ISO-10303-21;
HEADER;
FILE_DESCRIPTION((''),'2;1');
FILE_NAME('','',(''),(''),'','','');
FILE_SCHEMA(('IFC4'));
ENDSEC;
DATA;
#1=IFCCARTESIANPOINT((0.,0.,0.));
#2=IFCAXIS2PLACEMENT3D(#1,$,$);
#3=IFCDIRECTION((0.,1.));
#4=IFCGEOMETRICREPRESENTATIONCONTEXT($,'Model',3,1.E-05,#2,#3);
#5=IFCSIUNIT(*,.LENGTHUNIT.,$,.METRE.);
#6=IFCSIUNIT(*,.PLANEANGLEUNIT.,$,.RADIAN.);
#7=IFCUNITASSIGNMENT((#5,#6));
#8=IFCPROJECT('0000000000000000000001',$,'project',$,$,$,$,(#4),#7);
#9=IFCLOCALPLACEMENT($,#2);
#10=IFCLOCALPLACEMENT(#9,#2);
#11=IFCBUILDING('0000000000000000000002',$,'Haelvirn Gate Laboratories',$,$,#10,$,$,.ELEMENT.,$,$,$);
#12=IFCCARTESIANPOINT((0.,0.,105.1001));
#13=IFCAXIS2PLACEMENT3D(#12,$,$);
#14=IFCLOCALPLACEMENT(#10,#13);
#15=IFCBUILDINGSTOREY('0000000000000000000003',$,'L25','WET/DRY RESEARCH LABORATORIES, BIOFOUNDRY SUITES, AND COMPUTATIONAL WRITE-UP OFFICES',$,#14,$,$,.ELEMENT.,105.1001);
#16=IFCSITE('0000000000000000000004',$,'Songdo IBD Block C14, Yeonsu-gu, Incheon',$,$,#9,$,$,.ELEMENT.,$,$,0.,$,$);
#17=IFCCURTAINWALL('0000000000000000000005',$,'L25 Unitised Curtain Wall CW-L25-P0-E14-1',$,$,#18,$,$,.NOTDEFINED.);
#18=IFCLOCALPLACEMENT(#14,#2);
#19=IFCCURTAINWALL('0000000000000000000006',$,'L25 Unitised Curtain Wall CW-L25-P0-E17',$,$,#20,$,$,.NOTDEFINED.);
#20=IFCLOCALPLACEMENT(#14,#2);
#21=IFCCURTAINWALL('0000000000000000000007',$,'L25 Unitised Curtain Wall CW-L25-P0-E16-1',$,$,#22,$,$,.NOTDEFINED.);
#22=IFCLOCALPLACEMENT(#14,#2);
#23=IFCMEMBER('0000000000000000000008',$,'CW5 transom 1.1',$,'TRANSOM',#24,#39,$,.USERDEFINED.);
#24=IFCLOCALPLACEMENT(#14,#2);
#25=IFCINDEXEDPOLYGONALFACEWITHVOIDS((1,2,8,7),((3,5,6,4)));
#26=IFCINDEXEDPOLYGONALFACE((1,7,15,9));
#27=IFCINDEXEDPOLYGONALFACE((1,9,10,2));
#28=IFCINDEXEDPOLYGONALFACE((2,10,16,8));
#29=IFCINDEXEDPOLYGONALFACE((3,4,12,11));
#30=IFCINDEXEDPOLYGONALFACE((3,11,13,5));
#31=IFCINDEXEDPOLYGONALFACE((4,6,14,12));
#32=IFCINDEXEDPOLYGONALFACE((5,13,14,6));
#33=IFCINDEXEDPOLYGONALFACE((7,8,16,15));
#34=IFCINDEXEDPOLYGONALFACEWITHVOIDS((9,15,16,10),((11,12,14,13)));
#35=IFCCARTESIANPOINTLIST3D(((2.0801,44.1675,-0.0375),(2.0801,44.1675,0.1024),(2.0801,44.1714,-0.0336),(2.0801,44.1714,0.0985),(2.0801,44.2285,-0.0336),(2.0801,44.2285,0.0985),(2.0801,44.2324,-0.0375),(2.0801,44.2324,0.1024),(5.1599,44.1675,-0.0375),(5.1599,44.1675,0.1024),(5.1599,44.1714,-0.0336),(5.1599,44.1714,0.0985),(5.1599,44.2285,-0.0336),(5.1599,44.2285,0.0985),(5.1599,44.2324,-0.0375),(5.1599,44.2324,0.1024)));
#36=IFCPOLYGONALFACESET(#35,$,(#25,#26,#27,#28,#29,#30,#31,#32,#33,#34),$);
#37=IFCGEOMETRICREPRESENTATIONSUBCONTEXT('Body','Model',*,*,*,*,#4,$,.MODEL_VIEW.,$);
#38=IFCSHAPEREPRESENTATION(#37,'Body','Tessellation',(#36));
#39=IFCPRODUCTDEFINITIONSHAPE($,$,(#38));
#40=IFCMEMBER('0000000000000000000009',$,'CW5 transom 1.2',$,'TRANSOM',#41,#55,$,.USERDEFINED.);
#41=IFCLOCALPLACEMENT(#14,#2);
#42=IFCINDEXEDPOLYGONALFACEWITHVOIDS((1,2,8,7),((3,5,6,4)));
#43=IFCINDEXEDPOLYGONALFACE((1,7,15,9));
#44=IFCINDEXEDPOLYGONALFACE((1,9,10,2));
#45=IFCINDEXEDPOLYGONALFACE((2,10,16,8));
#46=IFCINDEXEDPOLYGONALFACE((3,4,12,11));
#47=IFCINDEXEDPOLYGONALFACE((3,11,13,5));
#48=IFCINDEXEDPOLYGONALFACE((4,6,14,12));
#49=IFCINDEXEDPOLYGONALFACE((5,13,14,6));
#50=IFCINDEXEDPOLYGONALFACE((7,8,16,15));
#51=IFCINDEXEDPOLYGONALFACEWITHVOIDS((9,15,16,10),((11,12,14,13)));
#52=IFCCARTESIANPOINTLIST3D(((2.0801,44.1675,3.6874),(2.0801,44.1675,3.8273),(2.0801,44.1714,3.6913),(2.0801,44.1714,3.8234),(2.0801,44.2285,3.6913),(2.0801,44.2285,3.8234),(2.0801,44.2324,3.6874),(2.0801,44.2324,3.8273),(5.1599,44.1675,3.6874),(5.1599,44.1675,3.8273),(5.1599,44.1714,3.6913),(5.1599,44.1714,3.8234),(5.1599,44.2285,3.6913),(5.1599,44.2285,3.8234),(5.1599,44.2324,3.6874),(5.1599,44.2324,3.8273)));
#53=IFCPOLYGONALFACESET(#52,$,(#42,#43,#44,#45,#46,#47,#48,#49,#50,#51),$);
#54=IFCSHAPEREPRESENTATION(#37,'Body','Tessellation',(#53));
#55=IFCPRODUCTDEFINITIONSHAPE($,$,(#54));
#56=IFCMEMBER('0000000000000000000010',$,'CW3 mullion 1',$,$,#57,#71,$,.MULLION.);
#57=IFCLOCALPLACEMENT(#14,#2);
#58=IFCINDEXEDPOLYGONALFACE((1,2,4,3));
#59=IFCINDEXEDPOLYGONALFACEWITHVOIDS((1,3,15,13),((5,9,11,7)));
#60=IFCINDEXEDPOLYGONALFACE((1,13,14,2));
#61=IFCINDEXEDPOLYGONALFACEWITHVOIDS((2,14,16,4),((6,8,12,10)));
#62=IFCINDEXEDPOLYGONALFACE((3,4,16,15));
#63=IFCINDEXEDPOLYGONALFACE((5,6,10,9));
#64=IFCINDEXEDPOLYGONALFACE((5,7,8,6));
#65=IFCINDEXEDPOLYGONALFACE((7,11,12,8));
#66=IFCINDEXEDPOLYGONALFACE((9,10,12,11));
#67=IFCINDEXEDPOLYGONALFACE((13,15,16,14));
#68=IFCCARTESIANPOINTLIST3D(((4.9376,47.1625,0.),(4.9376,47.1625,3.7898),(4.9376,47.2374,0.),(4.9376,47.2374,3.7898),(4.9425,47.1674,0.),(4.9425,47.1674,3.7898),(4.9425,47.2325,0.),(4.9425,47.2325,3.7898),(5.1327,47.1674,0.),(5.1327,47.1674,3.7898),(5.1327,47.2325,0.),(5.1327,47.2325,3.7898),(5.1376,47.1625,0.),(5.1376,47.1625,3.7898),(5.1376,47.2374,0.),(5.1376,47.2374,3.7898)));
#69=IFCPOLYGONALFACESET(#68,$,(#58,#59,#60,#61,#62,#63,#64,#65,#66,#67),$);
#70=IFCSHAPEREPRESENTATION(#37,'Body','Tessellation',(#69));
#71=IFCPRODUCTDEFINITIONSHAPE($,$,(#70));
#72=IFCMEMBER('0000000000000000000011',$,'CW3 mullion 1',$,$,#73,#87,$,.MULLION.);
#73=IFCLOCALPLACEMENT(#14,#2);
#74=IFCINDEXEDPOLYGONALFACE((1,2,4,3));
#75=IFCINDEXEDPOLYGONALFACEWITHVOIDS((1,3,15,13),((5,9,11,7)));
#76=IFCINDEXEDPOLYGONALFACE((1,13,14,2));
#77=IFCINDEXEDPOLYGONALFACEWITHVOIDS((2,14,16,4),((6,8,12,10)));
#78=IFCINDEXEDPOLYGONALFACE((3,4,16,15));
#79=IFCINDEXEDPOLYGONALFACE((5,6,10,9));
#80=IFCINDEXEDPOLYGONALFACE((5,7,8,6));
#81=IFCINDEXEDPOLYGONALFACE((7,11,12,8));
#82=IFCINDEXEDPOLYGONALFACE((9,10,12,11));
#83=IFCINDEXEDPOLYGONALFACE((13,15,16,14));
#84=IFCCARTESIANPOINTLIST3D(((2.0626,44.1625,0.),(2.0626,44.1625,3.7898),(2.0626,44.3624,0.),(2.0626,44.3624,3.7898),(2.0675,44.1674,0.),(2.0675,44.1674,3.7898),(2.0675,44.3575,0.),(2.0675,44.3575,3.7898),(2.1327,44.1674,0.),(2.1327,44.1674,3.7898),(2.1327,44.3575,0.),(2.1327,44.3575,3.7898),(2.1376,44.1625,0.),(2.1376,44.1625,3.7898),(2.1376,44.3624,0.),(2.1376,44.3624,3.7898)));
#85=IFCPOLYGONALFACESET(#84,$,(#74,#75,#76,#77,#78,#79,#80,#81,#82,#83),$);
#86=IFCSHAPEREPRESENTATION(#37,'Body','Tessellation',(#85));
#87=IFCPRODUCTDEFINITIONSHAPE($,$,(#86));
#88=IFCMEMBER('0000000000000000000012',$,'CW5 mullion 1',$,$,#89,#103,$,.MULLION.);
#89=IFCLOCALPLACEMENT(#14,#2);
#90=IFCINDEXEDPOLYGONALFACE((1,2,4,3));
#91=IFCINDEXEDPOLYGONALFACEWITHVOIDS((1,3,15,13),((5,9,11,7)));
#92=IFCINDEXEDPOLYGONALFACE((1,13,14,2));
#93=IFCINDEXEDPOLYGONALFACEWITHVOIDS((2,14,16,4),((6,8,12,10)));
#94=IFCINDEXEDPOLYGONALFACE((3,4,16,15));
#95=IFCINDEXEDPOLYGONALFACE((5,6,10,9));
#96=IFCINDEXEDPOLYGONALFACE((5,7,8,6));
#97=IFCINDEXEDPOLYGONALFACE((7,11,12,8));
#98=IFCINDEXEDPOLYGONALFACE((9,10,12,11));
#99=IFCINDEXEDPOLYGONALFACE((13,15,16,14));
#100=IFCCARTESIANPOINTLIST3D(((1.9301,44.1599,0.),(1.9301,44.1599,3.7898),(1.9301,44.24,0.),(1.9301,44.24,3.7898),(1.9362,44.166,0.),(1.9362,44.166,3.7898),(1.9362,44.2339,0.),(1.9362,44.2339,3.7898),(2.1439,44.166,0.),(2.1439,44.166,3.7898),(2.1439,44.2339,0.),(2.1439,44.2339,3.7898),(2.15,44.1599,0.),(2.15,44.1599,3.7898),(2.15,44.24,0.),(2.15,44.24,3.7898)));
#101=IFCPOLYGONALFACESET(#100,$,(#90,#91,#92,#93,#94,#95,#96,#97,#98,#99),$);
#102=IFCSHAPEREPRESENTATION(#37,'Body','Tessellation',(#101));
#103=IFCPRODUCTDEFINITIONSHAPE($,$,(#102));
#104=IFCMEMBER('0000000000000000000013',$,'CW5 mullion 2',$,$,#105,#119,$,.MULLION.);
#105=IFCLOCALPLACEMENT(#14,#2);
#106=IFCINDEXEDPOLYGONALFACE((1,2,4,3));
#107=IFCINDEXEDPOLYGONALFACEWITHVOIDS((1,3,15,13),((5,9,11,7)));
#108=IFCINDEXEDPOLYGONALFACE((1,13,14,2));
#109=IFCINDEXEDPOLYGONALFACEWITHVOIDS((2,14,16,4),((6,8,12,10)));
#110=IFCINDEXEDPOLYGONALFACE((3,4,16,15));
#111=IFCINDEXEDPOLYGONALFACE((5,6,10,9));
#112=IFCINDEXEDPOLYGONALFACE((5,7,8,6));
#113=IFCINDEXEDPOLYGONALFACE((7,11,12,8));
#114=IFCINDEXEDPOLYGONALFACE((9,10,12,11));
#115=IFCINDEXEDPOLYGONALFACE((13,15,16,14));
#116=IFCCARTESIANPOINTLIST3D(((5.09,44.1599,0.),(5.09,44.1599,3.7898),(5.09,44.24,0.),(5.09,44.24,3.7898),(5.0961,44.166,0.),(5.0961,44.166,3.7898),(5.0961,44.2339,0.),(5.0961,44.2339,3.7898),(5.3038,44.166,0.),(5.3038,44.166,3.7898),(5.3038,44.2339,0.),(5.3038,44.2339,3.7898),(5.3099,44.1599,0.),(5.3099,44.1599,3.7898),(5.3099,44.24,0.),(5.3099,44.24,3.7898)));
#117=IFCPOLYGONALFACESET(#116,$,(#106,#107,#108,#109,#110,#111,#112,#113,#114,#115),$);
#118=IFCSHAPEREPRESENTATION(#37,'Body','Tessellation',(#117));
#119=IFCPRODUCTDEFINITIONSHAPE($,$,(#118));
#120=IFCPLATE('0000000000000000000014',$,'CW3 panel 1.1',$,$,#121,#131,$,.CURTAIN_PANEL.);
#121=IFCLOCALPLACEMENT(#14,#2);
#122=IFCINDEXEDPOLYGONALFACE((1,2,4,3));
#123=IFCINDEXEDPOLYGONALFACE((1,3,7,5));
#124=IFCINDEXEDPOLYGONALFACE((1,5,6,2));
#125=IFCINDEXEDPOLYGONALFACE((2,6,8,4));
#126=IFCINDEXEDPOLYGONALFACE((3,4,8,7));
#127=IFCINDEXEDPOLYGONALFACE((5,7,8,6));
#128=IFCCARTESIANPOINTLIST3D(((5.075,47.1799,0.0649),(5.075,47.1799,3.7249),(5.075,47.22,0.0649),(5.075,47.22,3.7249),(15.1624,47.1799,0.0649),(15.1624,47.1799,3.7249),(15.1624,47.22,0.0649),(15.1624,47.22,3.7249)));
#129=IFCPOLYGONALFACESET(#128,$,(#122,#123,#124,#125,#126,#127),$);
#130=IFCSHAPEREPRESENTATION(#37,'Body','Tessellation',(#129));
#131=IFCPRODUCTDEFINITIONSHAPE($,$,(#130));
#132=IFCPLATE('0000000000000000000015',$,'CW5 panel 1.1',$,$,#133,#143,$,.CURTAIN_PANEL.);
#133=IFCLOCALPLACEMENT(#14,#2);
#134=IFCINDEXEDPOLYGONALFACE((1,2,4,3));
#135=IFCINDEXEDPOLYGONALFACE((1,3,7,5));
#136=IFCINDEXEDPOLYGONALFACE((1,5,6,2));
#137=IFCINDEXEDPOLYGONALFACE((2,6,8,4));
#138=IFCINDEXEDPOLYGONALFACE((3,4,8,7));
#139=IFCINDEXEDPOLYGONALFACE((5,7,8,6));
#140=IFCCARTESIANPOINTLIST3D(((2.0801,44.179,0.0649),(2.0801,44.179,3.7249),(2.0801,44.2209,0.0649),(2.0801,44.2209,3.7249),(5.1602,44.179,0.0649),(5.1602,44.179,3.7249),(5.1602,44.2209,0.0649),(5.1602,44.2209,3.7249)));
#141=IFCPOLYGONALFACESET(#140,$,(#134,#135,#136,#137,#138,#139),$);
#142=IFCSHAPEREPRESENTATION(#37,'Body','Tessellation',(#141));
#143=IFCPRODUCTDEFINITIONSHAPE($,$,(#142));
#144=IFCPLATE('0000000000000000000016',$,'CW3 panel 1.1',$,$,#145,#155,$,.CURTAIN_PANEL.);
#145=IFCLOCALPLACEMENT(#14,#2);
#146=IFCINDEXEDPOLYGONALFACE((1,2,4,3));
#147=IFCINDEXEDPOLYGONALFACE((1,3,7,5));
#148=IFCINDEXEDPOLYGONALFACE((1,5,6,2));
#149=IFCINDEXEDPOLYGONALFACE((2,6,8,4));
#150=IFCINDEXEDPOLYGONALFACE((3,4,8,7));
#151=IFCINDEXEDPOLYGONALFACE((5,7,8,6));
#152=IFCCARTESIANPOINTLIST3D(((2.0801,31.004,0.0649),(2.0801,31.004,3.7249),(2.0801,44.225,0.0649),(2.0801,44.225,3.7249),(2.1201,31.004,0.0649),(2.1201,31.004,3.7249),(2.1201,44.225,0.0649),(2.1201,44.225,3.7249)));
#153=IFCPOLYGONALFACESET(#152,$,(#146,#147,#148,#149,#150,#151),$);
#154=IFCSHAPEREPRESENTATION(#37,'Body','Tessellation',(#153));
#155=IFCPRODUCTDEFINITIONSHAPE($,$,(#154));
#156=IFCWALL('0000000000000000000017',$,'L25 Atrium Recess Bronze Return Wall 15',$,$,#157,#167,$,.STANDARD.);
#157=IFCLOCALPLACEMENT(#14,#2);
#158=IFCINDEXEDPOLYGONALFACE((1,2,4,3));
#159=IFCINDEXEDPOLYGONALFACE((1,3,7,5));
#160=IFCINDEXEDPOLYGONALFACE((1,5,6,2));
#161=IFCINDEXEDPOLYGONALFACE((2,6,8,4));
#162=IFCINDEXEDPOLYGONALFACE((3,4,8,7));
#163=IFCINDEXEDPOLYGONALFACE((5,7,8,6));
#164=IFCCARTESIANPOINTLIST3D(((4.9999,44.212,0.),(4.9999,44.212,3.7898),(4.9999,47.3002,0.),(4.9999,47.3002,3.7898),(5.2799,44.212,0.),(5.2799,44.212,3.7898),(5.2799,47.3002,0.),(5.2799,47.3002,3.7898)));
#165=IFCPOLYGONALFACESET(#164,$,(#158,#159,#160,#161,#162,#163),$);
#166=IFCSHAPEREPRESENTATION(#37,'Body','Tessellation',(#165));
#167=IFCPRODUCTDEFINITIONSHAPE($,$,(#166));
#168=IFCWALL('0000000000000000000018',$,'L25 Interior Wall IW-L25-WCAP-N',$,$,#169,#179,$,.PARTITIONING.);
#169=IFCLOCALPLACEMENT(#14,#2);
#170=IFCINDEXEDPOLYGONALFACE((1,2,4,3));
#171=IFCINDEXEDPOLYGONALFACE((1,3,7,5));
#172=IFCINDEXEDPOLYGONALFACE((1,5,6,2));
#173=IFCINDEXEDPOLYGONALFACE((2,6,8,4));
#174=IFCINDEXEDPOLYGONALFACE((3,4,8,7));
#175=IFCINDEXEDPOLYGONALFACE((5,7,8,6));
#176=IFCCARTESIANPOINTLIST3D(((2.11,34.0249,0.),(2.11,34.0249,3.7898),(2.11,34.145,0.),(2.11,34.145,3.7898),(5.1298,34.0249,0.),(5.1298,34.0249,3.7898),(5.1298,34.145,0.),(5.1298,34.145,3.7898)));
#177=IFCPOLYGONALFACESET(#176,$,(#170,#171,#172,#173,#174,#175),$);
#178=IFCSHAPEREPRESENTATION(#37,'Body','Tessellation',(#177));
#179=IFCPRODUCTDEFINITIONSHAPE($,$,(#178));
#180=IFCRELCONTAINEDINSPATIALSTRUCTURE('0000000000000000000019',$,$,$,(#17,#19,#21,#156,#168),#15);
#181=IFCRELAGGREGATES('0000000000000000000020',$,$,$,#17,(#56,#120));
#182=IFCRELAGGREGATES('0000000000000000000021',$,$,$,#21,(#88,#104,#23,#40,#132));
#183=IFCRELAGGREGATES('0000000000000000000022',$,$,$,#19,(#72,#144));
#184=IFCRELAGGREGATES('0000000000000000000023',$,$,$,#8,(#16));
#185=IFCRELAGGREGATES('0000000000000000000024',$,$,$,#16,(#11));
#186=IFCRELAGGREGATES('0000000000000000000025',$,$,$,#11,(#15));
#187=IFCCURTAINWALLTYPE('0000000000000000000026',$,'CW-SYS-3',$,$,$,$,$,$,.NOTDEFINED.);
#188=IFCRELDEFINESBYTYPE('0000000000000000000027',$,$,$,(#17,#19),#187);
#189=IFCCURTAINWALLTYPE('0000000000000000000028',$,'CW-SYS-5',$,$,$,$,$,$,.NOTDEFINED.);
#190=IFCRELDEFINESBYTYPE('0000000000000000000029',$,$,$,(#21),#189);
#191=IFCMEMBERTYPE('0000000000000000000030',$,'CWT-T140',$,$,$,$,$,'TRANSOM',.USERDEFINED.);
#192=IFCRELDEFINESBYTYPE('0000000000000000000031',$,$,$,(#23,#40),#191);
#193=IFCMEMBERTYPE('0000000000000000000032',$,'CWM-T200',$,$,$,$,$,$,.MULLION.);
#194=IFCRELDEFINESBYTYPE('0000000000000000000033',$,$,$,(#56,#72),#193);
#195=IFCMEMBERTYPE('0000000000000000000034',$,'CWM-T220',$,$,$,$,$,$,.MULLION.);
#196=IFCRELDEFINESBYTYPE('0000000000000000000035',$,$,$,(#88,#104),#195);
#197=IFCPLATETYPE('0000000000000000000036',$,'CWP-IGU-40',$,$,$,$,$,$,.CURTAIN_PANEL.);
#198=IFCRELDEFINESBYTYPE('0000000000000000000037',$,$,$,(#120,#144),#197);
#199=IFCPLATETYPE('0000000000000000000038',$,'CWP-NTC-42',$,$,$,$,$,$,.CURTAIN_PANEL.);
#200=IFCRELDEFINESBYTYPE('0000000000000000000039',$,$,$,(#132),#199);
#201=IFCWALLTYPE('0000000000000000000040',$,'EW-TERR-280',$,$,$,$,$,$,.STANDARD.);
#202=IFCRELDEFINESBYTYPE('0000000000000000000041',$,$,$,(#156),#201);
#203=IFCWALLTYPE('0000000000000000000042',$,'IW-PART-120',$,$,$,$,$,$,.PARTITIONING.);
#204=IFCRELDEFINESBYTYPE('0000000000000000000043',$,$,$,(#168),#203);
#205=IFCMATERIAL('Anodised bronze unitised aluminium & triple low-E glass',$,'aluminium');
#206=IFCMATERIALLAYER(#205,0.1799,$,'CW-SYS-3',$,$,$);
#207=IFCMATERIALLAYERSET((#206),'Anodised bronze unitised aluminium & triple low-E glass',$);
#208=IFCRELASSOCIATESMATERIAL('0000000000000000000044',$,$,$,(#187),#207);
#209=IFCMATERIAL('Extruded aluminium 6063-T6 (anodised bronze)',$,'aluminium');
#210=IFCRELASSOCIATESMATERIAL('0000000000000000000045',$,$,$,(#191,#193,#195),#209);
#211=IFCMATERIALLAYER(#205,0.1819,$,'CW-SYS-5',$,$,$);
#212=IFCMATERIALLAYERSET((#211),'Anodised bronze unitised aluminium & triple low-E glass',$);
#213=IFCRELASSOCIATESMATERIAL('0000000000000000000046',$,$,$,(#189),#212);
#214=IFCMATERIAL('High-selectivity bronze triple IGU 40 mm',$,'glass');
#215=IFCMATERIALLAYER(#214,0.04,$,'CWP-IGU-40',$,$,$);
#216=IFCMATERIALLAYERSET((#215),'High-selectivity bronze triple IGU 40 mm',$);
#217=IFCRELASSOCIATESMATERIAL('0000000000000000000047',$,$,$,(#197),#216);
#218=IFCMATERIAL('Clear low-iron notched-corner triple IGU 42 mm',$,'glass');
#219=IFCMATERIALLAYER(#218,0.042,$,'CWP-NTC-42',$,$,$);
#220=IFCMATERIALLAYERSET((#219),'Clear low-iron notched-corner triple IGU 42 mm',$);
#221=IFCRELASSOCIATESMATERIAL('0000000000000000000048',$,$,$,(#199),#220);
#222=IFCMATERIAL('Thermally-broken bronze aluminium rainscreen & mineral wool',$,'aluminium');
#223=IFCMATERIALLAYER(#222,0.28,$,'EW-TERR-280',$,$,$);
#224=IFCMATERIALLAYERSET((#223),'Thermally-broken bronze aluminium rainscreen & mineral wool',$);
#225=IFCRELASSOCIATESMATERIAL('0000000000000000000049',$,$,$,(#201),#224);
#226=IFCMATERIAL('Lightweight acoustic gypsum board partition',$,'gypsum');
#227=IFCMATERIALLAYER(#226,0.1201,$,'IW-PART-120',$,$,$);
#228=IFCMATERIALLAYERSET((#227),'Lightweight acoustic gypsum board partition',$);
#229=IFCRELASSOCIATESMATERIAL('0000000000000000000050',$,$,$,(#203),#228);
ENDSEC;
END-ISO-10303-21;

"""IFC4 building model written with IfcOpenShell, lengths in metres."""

from ifc_helpers import new_model, si_unit, direction, frame, frame_2d, origin, origin_2d, place, context, subcontext, project, spatial, rectangle, hollow_rectangle, extrude, source, transform, mapped, material, layer, layer_set, material_profile, profile_set, type_object, type_shapes, element, aggregate, save


model = new_model("IFC4")

# Units and contexts
model_context = context("Model", 3, precision=1e-05, world=origin(), true_north=direction((0.0, 1.0)))
body_context = subcontext(model_context, "Body", "Model", "MODEL_VIEW")
ifc_project = project(units=[si_unit("LENGTHUNIT", "METRE"), si_unit("PLANEANGLEUNIT", "RADIAN")], contexts=[model_context])

# Site, building, storey
site_placement = place(None, origin())
site = spatial("IfcSite", under=ifc_project, at=site_placement, Name="Songdo IBD Block C14, Yeonsu-gu, Incheon", CompositionType="ELEMENT", RefElevation=0.0)
building_placement = place(site_placement, origin())
building = spatial("IfcBuilding", under=site, at=building_placement, Name="Haelvirn Gate Laboratories", CompositionType="ELEMENT")
storey_placement = place(building_placement, frame((0.0, 0.0, 105.1001)))
storey = spatial("IfcBuildingStorey", under=building, at=storey_placement, Name="L25", Description="WET/DRY RESEARCH LABORATORIES, BIOFOUNDRY SUITES, AND COMPUTATIONAL WRITE-UP OFFICES", CompositionType="ELEMENT", Elevation=105.1001)

# Curtain walls, members
ifc_material_1 = material(Name="Anodised bronze unitised aluminium & triple low-E glass", Category="aluminium")
ifc_layer_1 = layer(ifc_material_1, 0.1799, Name="CW-SYS-3")
ifc_layer_set_1 = layer_set([ifc_layer_1], Name="Anodised bronze unitised aluminium & triple low-E glass")
curtain_wall_type_1 = type_object("IfcCurtainWallType", Name="CW-SYS-3", PredefinedType="NOTDEFINED", material=ifc_layer_set_1)
curtain_wall_1_placement = place(storey_placement, origin())
curtain_wall_1 = element("IfcCurtainWall", 1, at=curtain_wall_1_placement, inside=storey, type_object=curtain_wall_type_1, Name="L25 Unitised Curtain Wall CW-L25-P0-E14-1", PredefinedType="NOTDEFINED")
ifc_material_2 = material(Name="Extruded aluminium 6063-T6 (anodised bronze)", Category="aluminium")
ifc_material_profile_1 = material_profile(ifc_material_2, hollow_rectangle(XDim=0.0649, YDim=0.1399, WallThickness=0.0039, at=origin_2d()), Name="CWT-140x65x4")
ifc_profile_set_1 = profile_set([ifc_material_profile_1], Name="Extruded aluminium 6063-T6 (anodised bronze)")
member_type_1 = type_object("IfcMemberType", Name="CWT-T140", ElementType="TRANSOM", PredefinedType="USERDEFINED", material=ifc_profile_set_1)
curtain_wall_2_placement = place(storey_placement, origin())
curtain_wall_2 = element("IfcCurtainWall", 2, at=curtain_wall_2_placement, inside=storey, type_object=curtain_wall_type_1, Name="L25 Unitised Curtain Wall CW-L25-P0-E17", PredefinedType="NOTDEFINED")
ifc_layer_2 = layer(ifc_material_1, 0.1819, Name="CW-SYS-5")
ifc_layer_set_2 = layer_set([ifc_layer_2], Name="Anodised bronze unitised aluminium & triple low-E glass")
curtain_wall_type_2 = type_object("IfcCurtainWallType", Name="CW-SYS-5", PredefinedType="NOTDEFINED", material=ifc_layer_set_2)
curtain_wall_3_placement = place(storey_placement, origin())
curtain_wall_3 = element("IfcCurtainWall", 3, at=curtain_wall_3_placement, inside=storey, type_object=curtain_wall_type_2, Name="L25 Unitised Curtain Wall CW-L25-P0-E16-1", PredefinedType="NOTDEFINED")
shared_shape_1 = source(origin(), body_context, "Body", "SweptSolid", [
    extrude(hollow_rectangle(XDim=0.0649, YDim=0.1399, WallThickness=0.0039, at=origin_2d()), origin(), (0.0, 0.0, 1.0), 3.0798),
])
member_1_placement = place(storey_placement, frame((2.0801, 44.2, 0.0325), z_axis=(1.0, 0.0, 0.0), x_axis=(0.0, 1.0, 0.0)))
member_1 = element("IfcMember", 4, at=member_1_placement, type_object=member_type_1, Name="CW5 transom 1.1", ObjectType="TRANSOM", PredefinedType="USERDEFINED", context=body_context, shape_type="MappedRepresentation", body=[
    mapped(shared_shape_1, transform((0.0, 0.0, 0.0), scale=1.0)),
])
member_2_placement = place(storey_placement, frame((2.0801, 44.2, 3.7573), z_axis=(1.0, 0.0, 0.0), x_axis=(0.0, 1.0, 0.0)))
member_2 = element("IfcMember", 5, at=member_2_placement, type_object=member_type_1, Name="CW5 transom 1.2", ObjectType="TRANSOM", PredefinedType="USERDEFINED", context=body_context, shape_type="MappedRepresentation", body=[
    mapped(shared_shape_1, transform((0.0, 0.0, 0.0), scale=1.0)),
])

# Members
ifc_material_profile_2 = material_profile(ifc_material_2, hollow_rectangle(XDim=0.075, YDim=0.2, WallThickness=0.0049, at=origin_2d()), Name="CWM-200x75x5")
ifc_profile_set_2 = profile_set([ifc_material_profile_2], Name="Extruded aluminium 6063-T6 (anodised bronze)")
member_type_2 = type_object("IfcMemberType", Name="CWM-T200", PredefinedType="MULLION", material=ifc_profile_set_2)
shared_shape_2 = source(origin(), body_context, "Body", "SweptSolid", [
    extrude(hollow_rectangle(XDim=0.075, YDim=0.2, WallThickness=0.0049, at=origin_2d()), origin(), (0.0, 0.0, 1.0), 3.7898),
])
type_shapes(member_type_2, [shared_shape_2])
member_3_placement = place(storey_placement, frame((5.0376, 47.2, 0.0), z_axis=(0.0, 0.0, 1.0), x_axis=(0.0, 1.0, 0.0)))
member_3 = element("IfcMember", 6, at=member_3_placement, type_object=member_type_2, Name="CW3 mullion 1", PredefinedType="MULLION", context=body_context, shape_type="MappedRepresentation", body=[
    mapped(shared_shape_2, transform((0.0, 0.0, 0.0), scale=1.0)),
])
member_4_placement = place(storey_placement, frame((2.1001, 44.2625, 0.0), z_axis=(0.0, 0.0, 1.0), x_axis=(1.0, 0.0, 0.0)))
member_4 = element("IfcMember", 7, at=member_4_placement, type_object=member_type_2, Name="CW3 mullion 1", PredefinedType="MULLION", context=body_context, shape_type="MappedRepresentation", body=[
    mapped(shared_shape_2, transform((0.0, 0.0, 0.0), scale=1.0)),
])
ifc_material_profile_3 = material_profile(ifc_material_2, hollow_rectangle(XDim=0.0801, YDim=0.22, WallThickness=0.0061, at=origin_2d()), Name="CWM-220x80x6")
ifc_profile_set_3 = profile_set([ifc_material_profile_3], Name="Extruded aluminium 6063-T6 (anodised bronze)")
member_type_3 = type_object("IfcMemberType", Name="CWM-T220", PredefinedType="MULLION", material=ifc_profile_set_3)
shared_shape_3 = source(origin(), body_context, "Body", "SweptSolid", [
    extrude(hollow_rectangle(XDim=0.0801, YDim=0.22, WallThickness=0.0061, at=origin_2d()), origin(), (0.0, 0.0, 1.0), 3.7898),
])
type_shapes(member_type_3, [shared_shape_3])
member_5_placement = place(storey_placement, frame((2.04, 44.2, 0.0), z_axis=(0.0, 0.0, 1.0), x_axis=(0.0, 1.0, 0.0)))
member_5 = element("IfcMember", 8, at=member_5_placement, type_object=member_type_3, Name="CW5 mullion 1", PredefinedType="MULLION", context=body_context, shape_type="MappedRepresentation", body=[
    mapped(shared_shape_3, transform((0.0, 0.0, 0.0), scale=1.0)),
])
member_6_placement = place(storey_placement, frame((5.2, 44.2, 0.0), z_axis=(0.0, 0.0, 1.0), x_axis=(0.0, 1.0, 0.0)))
member_6 = element("IfcMember", 9, at=member_6_placement, type_object=member_type_3, Name="CW5 mullion 2", PredefinedType="MULLION", context=body_context, shape_type="MappedRepresentation", body=[
    mapped(shared_shape_3, transform((0.0, 0.0, 0.0), scale=1.0)),
])

# Plates
ifc_material_3 = material(Name="High-selectivity bronze triple IGU 40 mm", Category="glass")
ifc_layer_3 = layer(ifc_material_3, 0.04, Name="CWP-IGU-40")
ifc_layer_set_3 = layer_set([ifc_layer_3], Name="High-selectivity bronze triple IGU 40 mm")
plate_type_1 = type_object("IfcPlateType", Name="CWP-IGU-40", PredefinedType="CURTAIN_PANEL", material=ifc_layer_set_3)
shared_shape_4 = source(origin(), body_context, "Body", "SweptSolid", [
    extrude(rectangle(XDim=10.0874, YDim=0.04, at=origin_2d()), origin(), (0.0, 0.0, 1.0), 3.6599),
])
plate_1_placement = place(storey_placement, frame((10.1187, 47.2, 0.0649), z_axis=(0.0, 0.0, 1.0), x_axis=(1.0, 0.0, 0.0)))
plate_1 = element("IfcPlate", 10, at=plate_1_placement, type_object=plate_type_1, Name="CW3 panel 1.1", PredefinedType="CURTAIN_PANEL", context=body_context, shape_type="MappedRepresentation", body=[
    mapped(shared_shape_4, transform((0.0, 0.0, 0.0), scale=1.0)),
])
aggregate(curtain_wall_1, [member_3, plate_1])
ifc_material_4 = material(Name="Clear low-iron notched-corner triple IGU 42 mm", Category="glass")
ifc_layer_4 = layer(ifc_material_4, 0.042, Name="CWP-NTC-42")
ifc_layer_set_4 = layer_set([ifc_layer_4], Name="Clear low-iron notched-corner triple IGU 42 mm")
plate_type_2 = type_object("IfcPlateType", Name="CWP-NTC-42", PredefinedType="CURTAIN_PANEL", material=ifc_layer_set_4)
shared_shape_5 = source(origin(), body_context, "Body", "SweptSolid", [
    extrude(rectangle(XDim=3.0801, YDim=0.042, at=origin_2d()), origin(), (0.0, 0.0, 1.0), 3.6599),
])
type_shapes(plate_type_2, [shared_shape_5])
plate_2_placement = place(storey_placement, frame((3.6201, 44.2, 0.0649), z_axis=(0.0, 0.0, 1.0), x_axis=(1.0, 0.0, 0.0)))
plate_2 = element("IfcPlate", 11, at=plate_2_placement, type_object=plate_type_2, Name="CW5 panel 1.1", PredefinedType="CURTAIN_PANEL", context=body_context, shape_type="MappedRepresentation", body=[
    mapped(shared_shape_5, transform((0.0, 0.0, 0.0), scale=1.0)),
])
aggregate(curtain_wall_3, [member_5, member_6, member_1, member_2, plate_2])
shared_shape_6 = source(origin(), body_context, "Body", "SweptSolid", [
    extrude(rectangle(XDim=13.2209, YDim=0.04, at=origin_2d()), origin(), (0.0, 0.0, 1.0), 3.6599),
])
type_shapes(plate_type_1, [shared_shape_4, shared_shape_6])
plate_3_placement = place(storey_placement, frame((2.1001, 37.6145, 0.0649), z_axis=(0.0, 0.0, 1.0), x_axis=(0.0, -1.0, 0.0)))
plate_3 = element("IfcPlate", 12, at=plate_3_placement, type_object=plate_type_1, Name="CW3 panel 1.1", PredefinedType="CURTAIN_PANEL", context=body_context, shape_type="MappedRepresentation", body=[
    mapped(shared_shape_6, transform((0.0, 0.0, 0.0), scale=1.0)),
])
aggregate(curtain_wall_2, [member_4, plate_3])

# Walls
ifc_material_5 = material(Name="Thermally-broken bronze aluminium rainscreen & mineral wool", Category="aluminium")
ifc_layer_5 = layer(ifc_material_5, 0.28, Name="EW-TERR-280")
ifc_layer_set_5 = layer_set([ifc_layer_5], Name="Thermally-broken bronze aluminium rainscreen & mineral wool")
wall_type_1 = type_object("IfcWallType", Name="EW-TERR-280", PredefinedType="STANDARD", material=ifc_layer_set_5)
wall_1_placement = place(storey_placement, frame((5.1399, 47.3, 0.0), z_axis=(0.0, 0.0, 1.0), x_axis=(0.0, -1.0, 0.0)))
element("IfcWall", 13, at=wall_1_placement, inside=storey, type_object=wall_type_1, Name="L25 Atrium Recess Bronze Return Wall 15", PredefinedType="STANDARD", context=body_context, shape_type="SweptSolid", body=[
    extrude(rectangle(XDim=3.0881, YDim=0.28, at=frame_2d((1.5439, 0.0))), origin(), (0.0, 0.0, 1.0), 3.7898),
])
ifc_material_6 = material(Name="Lightweight acoustic gypsum board partition", Category="gypsum")
ifc_layer_6 = layer(ifc_material_6, 0.1201, Name="IW-PART-120")
ifc_layer_set_6 = layer_set([ifc_layer_6], Name="Lightweight acoustic gypsum board partition")
wall_type_2 = type_object("IfcWallType", Name="IW-PART-120", PredefinedType="PARTITIONING", material=ifc_layer_set_6)
wall_2_placement = place(storey_placement, frame((2.1101, 34.085, 0.0), z_axis=(0.0, 0.0, 1.0), x_axis=(1.0, 0.0, 0.0)))
element("IfcWall", 14, at=wall_2_placement, inside=storey, type_object=wall_type_2, Name="L25 Interior Wall IW-L25-WCAP-N", PredefinedType="PARTITIONING", context=body_context, shape_type="SweptSolid", body=[
    extrude(rectangle(XDim=3.0198, YDim=0.1201, at=frame_2d((1.5098, 0.0))), origin(), (0.0, 0.0, 1.0), 3.7898),
])

save(model, "model.ifc")
